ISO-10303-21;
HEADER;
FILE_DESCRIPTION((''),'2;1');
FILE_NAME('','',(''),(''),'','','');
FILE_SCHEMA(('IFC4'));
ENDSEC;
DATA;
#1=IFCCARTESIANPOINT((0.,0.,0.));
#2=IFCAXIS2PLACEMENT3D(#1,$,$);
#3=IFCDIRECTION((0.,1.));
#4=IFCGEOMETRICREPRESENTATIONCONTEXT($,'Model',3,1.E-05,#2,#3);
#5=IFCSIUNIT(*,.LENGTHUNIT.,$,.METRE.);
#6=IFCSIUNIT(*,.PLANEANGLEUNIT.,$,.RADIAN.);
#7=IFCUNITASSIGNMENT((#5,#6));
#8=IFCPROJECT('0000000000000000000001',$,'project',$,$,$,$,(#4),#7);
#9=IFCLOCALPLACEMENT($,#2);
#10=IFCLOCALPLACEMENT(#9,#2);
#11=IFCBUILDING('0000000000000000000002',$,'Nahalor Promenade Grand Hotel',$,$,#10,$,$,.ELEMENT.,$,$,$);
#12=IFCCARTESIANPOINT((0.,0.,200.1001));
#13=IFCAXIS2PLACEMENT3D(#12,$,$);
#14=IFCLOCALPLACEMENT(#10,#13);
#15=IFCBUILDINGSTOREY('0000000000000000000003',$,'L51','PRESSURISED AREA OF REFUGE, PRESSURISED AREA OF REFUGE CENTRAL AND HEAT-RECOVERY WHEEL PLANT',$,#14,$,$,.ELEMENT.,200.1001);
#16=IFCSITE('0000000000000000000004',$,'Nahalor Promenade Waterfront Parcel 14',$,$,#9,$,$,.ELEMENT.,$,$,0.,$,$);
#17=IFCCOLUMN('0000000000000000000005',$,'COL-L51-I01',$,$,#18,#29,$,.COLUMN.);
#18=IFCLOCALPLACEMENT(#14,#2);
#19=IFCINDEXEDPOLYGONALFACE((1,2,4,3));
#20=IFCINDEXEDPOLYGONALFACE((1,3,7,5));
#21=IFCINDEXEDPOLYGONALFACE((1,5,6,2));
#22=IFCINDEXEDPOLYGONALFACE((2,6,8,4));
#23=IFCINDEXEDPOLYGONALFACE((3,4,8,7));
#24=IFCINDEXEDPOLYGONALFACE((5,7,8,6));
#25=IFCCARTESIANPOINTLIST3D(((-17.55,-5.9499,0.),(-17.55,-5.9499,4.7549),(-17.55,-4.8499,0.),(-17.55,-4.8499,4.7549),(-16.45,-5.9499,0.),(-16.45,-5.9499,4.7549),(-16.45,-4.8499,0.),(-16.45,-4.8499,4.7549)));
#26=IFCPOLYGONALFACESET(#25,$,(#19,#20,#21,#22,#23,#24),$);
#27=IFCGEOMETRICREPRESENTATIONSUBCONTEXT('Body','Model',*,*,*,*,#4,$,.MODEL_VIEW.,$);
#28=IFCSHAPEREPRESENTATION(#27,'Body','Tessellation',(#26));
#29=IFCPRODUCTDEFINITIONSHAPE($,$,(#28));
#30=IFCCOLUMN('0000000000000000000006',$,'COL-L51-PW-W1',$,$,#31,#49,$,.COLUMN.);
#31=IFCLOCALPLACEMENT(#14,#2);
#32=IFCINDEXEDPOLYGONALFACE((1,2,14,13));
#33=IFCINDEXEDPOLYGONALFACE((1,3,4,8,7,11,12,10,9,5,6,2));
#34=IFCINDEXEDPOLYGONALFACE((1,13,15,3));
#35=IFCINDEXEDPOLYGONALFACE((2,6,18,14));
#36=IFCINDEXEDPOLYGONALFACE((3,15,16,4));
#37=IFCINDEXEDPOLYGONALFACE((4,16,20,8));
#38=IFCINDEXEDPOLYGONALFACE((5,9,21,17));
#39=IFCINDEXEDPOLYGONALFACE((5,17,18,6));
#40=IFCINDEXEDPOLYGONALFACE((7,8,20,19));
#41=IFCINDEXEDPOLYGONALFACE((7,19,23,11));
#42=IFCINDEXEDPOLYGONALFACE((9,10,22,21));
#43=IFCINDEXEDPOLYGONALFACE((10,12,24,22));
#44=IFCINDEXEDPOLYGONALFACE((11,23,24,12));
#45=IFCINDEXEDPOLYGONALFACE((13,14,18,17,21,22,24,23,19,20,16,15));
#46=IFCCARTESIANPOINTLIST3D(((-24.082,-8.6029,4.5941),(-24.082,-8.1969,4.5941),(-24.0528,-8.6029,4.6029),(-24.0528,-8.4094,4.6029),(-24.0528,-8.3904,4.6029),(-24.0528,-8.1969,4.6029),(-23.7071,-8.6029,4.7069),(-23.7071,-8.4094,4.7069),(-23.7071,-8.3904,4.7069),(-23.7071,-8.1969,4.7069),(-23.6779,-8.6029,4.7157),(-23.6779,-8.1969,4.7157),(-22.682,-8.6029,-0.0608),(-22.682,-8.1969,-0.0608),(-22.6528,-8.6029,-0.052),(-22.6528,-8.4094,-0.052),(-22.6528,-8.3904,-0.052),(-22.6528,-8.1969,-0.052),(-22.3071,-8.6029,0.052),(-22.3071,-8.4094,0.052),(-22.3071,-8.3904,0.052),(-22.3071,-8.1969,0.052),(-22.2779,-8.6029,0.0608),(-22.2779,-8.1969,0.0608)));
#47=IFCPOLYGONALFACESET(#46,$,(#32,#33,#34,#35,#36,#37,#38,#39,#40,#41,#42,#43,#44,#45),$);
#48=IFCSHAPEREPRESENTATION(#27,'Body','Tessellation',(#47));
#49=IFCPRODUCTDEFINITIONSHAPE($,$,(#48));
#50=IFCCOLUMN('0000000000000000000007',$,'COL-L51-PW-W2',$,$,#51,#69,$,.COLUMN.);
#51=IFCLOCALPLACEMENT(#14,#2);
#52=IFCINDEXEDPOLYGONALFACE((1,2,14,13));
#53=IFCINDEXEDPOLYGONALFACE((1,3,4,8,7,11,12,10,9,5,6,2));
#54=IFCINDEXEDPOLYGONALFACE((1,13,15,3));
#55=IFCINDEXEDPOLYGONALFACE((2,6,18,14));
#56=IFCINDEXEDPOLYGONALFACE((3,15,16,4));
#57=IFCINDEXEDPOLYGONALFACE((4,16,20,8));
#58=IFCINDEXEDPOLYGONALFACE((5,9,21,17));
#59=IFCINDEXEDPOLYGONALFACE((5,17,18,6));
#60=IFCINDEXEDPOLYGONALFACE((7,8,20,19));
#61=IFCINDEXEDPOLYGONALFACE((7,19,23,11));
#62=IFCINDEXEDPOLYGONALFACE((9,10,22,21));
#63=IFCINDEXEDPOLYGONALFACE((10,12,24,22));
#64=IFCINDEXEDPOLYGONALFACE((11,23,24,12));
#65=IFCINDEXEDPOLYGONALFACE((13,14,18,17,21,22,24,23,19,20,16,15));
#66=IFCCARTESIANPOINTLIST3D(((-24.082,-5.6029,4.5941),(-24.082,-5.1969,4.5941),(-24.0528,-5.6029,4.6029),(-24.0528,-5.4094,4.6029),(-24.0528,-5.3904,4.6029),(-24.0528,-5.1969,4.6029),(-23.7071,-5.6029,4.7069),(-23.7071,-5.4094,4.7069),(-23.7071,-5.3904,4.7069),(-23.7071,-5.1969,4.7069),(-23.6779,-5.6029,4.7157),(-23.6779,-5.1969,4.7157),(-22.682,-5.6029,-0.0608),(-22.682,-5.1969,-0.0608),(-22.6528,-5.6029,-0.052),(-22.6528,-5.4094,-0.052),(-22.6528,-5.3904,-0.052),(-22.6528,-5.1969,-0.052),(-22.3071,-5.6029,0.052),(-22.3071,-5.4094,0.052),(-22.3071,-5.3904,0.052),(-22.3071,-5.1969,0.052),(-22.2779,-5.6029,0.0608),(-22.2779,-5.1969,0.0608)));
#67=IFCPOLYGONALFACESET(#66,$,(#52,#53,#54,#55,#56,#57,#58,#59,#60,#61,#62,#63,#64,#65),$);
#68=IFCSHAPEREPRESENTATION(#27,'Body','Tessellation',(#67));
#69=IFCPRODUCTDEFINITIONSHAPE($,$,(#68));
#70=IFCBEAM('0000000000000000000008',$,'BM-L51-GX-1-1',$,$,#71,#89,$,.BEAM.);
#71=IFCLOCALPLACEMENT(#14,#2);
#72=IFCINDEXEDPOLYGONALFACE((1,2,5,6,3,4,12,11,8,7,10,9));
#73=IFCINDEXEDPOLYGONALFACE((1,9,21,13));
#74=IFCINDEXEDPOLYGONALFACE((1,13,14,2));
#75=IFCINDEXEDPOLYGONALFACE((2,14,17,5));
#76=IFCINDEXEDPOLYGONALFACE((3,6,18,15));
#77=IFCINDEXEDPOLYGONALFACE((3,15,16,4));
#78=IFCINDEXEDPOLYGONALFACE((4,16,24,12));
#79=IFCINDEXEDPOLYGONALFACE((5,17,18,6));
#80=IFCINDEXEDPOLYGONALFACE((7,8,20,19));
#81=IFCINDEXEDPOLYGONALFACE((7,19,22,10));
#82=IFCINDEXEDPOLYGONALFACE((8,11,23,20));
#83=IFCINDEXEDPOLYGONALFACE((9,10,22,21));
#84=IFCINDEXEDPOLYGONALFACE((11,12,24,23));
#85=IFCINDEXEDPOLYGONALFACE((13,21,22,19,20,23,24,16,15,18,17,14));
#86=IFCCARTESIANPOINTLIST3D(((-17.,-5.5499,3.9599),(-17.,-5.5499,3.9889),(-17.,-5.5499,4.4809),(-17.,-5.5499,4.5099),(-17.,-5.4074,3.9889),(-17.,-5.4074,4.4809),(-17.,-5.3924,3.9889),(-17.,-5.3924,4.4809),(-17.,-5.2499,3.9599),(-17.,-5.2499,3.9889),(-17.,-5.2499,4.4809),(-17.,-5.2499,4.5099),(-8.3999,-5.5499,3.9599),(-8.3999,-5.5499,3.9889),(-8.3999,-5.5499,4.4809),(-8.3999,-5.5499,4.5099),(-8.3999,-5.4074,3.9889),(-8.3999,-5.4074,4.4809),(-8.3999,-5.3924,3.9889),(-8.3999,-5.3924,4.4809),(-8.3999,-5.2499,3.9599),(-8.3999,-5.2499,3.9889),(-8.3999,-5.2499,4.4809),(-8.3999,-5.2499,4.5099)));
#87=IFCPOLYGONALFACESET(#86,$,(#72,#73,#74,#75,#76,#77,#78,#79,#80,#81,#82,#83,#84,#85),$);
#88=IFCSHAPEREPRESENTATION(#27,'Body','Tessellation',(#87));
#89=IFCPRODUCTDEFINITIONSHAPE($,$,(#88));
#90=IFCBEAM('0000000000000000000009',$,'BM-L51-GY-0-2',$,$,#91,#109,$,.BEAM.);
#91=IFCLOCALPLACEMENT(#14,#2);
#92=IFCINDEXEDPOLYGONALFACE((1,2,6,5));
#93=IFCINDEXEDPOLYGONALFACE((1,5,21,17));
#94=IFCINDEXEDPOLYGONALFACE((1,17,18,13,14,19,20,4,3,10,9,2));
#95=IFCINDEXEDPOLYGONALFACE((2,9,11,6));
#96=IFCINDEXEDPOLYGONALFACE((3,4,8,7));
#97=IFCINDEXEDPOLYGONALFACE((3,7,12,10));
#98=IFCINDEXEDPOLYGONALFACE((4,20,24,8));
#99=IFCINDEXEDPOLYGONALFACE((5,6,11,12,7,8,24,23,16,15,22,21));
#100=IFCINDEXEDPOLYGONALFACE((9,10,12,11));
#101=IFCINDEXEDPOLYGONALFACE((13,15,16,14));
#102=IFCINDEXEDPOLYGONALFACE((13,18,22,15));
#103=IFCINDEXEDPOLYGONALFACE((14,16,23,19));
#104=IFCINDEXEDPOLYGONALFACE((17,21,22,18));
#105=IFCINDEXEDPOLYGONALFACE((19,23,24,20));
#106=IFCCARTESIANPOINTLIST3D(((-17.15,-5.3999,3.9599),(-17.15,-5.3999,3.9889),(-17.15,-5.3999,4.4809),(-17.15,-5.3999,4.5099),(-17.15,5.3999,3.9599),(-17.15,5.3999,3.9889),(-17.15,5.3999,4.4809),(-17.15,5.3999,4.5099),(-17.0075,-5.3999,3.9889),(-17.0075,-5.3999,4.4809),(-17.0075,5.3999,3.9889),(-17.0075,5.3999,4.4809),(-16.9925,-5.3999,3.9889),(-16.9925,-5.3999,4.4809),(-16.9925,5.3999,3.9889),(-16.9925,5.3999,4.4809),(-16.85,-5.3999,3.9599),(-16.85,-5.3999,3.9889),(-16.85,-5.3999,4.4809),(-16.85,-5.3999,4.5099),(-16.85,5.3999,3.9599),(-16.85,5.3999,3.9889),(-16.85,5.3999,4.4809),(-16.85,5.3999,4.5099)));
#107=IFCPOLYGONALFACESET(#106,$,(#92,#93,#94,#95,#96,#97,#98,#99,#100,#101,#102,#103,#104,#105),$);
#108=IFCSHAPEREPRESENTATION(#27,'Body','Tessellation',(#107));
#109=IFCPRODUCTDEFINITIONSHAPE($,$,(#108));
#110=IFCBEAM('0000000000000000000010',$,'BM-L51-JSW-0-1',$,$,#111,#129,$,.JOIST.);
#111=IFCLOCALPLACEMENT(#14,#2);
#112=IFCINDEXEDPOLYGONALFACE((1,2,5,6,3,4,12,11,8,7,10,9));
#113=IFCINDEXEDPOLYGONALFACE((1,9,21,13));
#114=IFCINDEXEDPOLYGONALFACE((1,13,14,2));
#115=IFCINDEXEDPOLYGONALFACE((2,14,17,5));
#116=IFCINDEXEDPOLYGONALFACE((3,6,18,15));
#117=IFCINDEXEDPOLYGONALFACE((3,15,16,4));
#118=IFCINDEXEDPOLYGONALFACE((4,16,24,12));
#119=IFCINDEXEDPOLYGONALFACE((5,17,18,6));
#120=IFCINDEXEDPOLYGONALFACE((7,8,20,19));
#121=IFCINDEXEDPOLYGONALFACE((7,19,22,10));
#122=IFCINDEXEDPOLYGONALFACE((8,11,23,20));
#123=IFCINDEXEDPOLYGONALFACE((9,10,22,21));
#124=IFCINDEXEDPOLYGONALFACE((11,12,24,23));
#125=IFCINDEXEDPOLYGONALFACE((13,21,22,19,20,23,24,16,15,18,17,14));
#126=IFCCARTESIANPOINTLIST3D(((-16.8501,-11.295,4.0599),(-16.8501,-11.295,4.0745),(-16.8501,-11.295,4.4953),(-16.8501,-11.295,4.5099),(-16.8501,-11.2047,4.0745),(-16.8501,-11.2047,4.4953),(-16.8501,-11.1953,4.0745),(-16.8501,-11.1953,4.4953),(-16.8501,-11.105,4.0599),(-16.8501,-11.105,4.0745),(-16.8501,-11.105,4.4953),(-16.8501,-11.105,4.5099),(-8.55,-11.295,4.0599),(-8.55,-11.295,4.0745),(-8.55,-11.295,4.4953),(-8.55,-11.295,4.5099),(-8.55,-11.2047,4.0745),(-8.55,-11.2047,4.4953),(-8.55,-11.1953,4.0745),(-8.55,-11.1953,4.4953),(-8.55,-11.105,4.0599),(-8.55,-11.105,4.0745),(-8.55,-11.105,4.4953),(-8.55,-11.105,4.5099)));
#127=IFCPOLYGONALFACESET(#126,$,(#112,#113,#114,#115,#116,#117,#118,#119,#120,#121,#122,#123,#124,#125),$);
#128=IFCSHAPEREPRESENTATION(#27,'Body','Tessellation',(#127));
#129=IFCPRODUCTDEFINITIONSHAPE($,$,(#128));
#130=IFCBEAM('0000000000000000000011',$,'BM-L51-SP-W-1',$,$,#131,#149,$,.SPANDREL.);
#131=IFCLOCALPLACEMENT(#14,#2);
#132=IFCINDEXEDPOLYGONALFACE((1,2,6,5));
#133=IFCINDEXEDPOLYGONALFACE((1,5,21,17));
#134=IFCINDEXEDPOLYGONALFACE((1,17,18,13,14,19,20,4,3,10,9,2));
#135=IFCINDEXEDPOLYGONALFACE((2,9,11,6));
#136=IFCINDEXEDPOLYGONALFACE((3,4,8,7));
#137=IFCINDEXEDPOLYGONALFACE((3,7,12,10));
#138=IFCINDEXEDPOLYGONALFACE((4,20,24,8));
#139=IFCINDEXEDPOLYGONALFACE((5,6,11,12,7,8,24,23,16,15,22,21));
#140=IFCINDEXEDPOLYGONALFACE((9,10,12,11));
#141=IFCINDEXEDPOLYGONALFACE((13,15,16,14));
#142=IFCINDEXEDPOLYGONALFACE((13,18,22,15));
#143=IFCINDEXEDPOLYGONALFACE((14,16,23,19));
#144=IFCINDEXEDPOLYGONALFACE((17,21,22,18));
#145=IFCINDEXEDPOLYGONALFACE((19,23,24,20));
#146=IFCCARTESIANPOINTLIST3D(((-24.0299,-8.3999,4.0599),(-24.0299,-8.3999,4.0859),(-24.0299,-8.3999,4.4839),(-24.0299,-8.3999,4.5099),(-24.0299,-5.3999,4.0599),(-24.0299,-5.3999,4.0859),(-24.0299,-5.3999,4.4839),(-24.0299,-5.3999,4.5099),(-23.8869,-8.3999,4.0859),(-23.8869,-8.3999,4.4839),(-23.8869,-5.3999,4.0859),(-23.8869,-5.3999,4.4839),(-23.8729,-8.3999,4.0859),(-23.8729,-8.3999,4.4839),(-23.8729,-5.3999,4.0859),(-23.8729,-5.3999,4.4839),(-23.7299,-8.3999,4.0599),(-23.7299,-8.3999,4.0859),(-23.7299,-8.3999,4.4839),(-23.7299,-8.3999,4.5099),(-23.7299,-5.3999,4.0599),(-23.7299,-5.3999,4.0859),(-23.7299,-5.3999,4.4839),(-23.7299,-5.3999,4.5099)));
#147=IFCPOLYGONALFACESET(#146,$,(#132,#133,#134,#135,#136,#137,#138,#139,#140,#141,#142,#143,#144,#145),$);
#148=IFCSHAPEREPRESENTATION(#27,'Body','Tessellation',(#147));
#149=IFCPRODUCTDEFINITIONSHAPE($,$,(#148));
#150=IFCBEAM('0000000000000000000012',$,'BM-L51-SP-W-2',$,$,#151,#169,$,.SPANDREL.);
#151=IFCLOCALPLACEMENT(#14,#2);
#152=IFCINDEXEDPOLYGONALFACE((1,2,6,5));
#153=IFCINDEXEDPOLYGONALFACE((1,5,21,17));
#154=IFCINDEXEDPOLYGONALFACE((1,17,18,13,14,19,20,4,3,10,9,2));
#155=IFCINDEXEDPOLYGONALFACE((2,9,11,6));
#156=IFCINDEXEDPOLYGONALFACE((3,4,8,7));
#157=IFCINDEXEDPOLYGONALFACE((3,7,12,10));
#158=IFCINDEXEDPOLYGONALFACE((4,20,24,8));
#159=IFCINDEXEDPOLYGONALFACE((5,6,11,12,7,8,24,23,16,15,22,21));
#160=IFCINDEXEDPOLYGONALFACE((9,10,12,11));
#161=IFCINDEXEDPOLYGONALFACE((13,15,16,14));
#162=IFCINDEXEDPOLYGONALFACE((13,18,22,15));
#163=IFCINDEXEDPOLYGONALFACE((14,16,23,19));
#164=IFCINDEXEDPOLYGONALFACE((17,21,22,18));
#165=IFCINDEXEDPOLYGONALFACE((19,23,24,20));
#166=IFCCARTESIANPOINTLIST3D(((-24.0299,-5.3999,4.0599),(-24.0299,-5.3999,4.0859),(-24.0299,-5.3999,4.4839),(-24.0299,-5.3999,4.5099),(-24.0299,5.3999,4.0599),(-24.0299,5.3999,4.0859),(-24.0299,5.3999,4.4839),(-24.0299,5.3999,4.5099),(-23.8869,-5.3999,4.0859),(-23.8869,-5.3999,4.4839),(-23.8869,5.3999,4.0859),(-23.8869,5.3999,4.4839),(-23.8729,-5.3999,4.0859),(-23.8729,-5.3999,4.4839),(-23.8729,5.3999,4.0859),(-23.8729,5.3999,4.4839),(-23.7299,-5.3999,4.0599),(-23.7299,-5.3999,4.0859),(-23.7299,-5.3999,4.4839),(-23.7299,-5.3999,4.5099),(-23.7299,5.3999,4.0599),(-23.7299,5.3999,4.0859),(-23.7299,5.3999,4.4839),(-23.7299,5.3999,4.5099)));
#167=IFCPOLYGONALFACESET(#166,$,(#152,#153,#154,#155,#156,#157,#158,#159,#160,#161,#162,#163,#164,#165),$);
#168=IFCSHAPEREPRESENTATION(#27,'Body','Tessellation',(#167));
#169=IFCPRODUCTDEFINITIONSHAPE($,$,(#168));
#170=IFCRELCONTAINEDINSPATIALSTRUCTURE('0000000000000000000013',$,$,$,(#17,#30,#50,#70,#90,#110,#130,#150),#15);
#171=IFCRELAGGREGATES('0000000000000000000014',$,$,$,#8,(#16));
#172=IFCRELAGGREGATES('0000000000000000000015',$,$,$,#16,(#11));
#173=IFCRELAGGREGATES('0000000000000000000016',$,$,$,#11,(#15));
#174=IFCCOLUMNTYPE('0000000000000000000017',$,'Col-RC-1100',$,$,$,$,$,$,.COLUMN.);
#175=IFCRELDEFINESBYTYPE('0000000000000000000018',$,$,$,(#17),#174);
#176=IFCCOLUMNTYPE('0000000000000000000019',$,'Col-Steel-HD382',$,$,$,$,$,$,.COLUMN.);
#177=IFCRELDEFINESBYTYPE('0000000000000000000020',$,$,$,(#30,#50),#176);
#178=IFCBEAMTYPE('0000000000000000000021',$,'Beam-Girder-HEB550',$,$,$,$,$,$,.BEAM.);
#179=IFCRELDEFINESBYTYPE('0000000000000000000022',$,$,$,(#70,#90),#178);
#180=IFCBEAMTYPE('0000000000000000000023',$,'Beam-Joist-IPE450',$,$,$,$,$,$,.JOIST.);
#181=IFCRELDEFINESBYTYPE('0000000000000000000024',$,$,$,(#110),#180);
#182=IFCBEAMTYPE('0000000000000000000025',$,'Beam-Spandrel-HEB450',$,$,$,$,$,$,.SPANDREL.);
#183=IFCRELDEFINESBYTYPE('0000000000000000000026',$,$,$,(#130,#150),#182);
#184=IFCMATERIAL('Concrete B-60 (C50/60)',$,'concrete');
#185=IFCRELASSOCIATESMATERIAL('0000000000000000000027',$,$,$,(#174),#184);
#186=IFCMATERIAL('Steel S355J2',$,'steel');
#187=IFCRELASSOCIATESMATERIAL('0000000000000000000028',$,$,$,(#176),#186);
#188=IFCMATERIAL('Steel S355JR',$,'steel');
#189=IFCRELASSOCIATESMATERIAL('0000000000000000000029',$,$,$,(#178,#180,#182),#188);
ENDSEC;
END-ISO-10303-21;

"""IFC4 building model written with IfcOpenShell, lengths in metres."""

from ifc_helpers import new_model, si_unit, direction, frame, origin, origin_2d, place, context, subcontext, project, spatial, rectangle, i_section, extrude, source, transform, mapped, material, material_profile, profile_set, type_object, element, save


model = new_model("IFC4")

# Units and contexts
model_context = context("Model", 3, precision=1e-05, world=origin(), true_north=direction((0.0, 1.0)))
body_context = subcontext(model_context, "Body", "Model", "MODEL_VIEW")
ifc_project = project(units=[si_unit("LENGTHUNIT", "METRE"), si_unit("PLANEANGLEUNIT", "RADIAN")], contexts=[model_context])

# Site, building, storey
site_placement = place(None, origin())
site = spatial("IfcSite", under=ifc_project, at=site_placement, Name="Nahalor Promenade Waterfront Parcel 14", CompositionType="ELEMENT", RefElevation=0.0)
building_placement = place(site_placement, origin())
building = spatial("IfcBuilding", under=site, at=building_placement, Name="Nahalor Promenade Grand Hotel", CompositionType="ELEMENT")
storey_placement = place(building_placement, frame((0.0, 0.0, 200.1001)))
storey = spatial("IfcBuildingStorey", under=building, at=storey_placement, Name="L51", Description="PRESSURISED AREA OF REFUGE, PRESSURISED AREA OF REFUGE CENTRAL AND HEAT-RECOVERY WHEEL PLANT", CompositionType="ELEMENT", Elevation=200.1001)

# Columns
ifc_material_1 = material(Name="Concrete B-60 (C50/60)", Category="concrete")
ifc_material_profile_1 = material_profile(ifc_material_1, rectangle(XDim=1.1, YDim=1.1, at=origin_2d()), Name="RC 1100x1100")
ifc_profile_set_1 = profile_set([ifc_material_profile_1], Name="Concrete B-60 (C50/60)")
column_type_1 = type_object("IfcColumnType", Name="Col-RC-1100", PredefinedType="COLUMN", material=ifc_profile_set_1)
shared_shape_1 = source(origin(), body_context, "Body", "SweptSolid", [
    extrude(rectangle(XDim=1.1, YDim=1.1, at=origin_2d()), origin(), (0.0, 0.0, 1.0), 4.7549),
])
column_placement = place(storey_placement, frame((-17.0, -5.3999, 0.0), z_axis=(0.0, 0.0, 1.0), x_axis=(1.0, 0.0, 0.0)))
element("IfcColumn", 1, at=column_placement, inside=storey, type_object=column_type_1, Name="COL-L51-I01", PredefinedType="COLUMN", context=body_context, shape_type="MappedRepresentation", body=[
    mapped(shared_shape_1, transform((0.0, 0.0, 0.0), scale=1.0)),
])
ifc_material_2 = material(Name="Steel S355J2", Category="steel")
ifc_material_profile_2 = material_profile(ifc_material_2, i_section(OverallWidth=0.406, OverallDepth=0.422, WebThickness=0.019, FlangeThickness=0.0305, at=origin_2d()), Name="HD 400x382")
ifc_profile_set_2 = profile_set([ifc_material_profile_2], Name="Steel S355J2")
column_type_2 = type_object("IfcColumnType", Name="Col-Steel-HD382", PredefinedType="COLUMN", material=ifc_profile_set_2)
shared_shape_2 = source(origin(), body_context, "Body", "SweptSolid", [
    extrude(i_section(OverallWidth=0.406, OverallDepth=0.422, WebThickness=0.019, FlangeThickness=0.0305, at=origin_2d()), origin(), (0.0, 0.0, 1.0), 4.8608),
])
for number, where, z_axis, x_axis, name in (
    (2, (-22.48, -8.3999, 0.0), (-0.288002, 0.0, 0.95763), (0.0, -1.0, 0.0), "COL-L51-PW-W1"),
    (3, (-22.48, -5.3999, 0.0), (-0.288002, 0.0, 0.95763), (0.0, -1.0, 0.0), "COL-L51-PW-W2"),
):
    element("IfcColumn", number, at=place(storey_placement, frame(where, z_axis=z_axis, x_axis=x_axis)), inside=storey, type_object=column_type_2, Name=name, PredefinedType="COLUMN", context=body_context, shape_type="MappedRepresentation", body=[
        mapped(shared_shape_2, transform((0.0, 0.0, 0.0), scale=1.0)),
    ])

# Beams
ifc_material_3 = material(Name="Steel S355JR", Category="steel")
ifc_material_profile_3 = material_profile(ifc_material_3, i_section(OverallWidth=0.3, OverallDepth=0.55, WebThickness=0.015, FlangeThickness=0.029, at=origin_2d()), Name="HEB 550")
ifc_profile_set_3 = profile_set([ifc_material_profile_3], Name="Steel S355JR")
beam_type_1 = type_object("IfcBeamType", Name="Beam-Girder-HEB550", PredefinedType="BEAM", material=ifc_profile_set_3)
shared_shape_3 = source(origin(), body_context, "Body", "SweptSolid", [
    extrude(i_section(OverallWidth=0.3, OverallDepth=0.55, WebThickness=0.015, FlangeThickness=0.029, at=origin_2d()), origin(), (0.0, 0.0, 1.0), 8.6001),
])
beam_1_placement = place(storey_placement, frame((-17.0, -5.3999, 4.2349), z_axis=(1.0, 0.0, 0.0), x_axis=(0.0, 1.0, 0.0)))
element("IfcBeam", 4, at=beam_1_placement, inside=storey, type_object=beam_type_1, Name="BM-L51-GX-1-1", PredefinedType="BEAM", context=body_context, shape_type="MappedRepresentation", body=[
    mapped(shared_shape_3, transform((0.0, 0.0, 0.0), scale=1.0)),
])
shared_shape_4 = source(origin(), body_context, "Body", "SweptSolid", [
    extrude(i_section(OverallWidth=0.3, OverallDepth=0.55, WebThickness=0.015, FlangeThickness=0.029, at=origin_2d()), origin(), (0.0, 0.0, 1.0), 10.7998),
])
beam_2_placement = place(storey_placement, frame((-17.0, -5.3999, 4.2349), z_axis=(0.0, 1.0, 0.0), x_axis=(-1.0, 0.0, 0.0)))
element("IfcBeam", 5, at=beam_2_placement, inside=storey, type_object=beam_type_1, Name="BM-L51-GY-0-2", PredefinedType="BEAM", context=body_context, shape_type="MappedRepresentation", body=[
    mapped(shared_shape_4, transform((0.0, 0.0, 0.0), scale=1.0)),
])
ifc_material_profile_4 = material_profile(ifc_material_3, i_section(OverallWidth=0.19, OverallDepth=0.45, WebThickness=0.0094, FlangeThickness=0.0146, at=origin_2d()), Name="IPE 450")
ifc_profile_set_4 = profile_set([ifc_material_profile_4], Name="Steel S355JR")
beam_type_2 = type_object("IfcBeamType", Name="Beam-Joist-IPE450", PredefinedType="JOIST", material=ifc_profile_set_4)
shared_shape_5 = source(origin(), body_context, "Body", "SweptSolid", [
    extrude(i_section(OverallWidth=0.19, OverallDepth=0.45, WebThickness=0.0094, FlangeThickness=0.0146, at=origin_2d()), origin(), (0.0, 0.0, 1.0), 8.3),
])
beam_3_placement = place(storey_placement, frame((-16.8501, -11.2, 4.2849), z_axis=(1.0, 0.0, 0.0), x_axis=(0.0, 1.0, 0.0)))
element("IfcBeam", 6, at=beam_3_placement, inside=storey, type_object=beam_type_2, Name="BM-L51-JSW-0-1", PredefinedType="JOIST", context=body_context, shape_type="MappedRepresentation", body=[
    mapped(shared_shape_5, transform((0.0, 0.0, 0.0), scale=1.0)),
])
ifc_material_profile_5 = material_profile(ifc_material_3, i_section(OverallWidth=0.3, OverallDepth=0.45, WebThickness=0.014, FlangeThickness=0.026, at=origin_2d()), Name="HEB 450")
ifc_profile_set_5 = profile_set([ifc_material_profile_5], Name="Steel S355JR")
beam_type_3 = type_object("IfcBeamType", Name="Beam-Spandrel-HEB450", PredefinedType="SPANDREL", material=ifc_profile_set_5)
shared_shape_6 = source(origin(), body_context, "Body", "SweptSolid", [
    extrude(i_section(OverallWidth=0.3, OverallDepth=0.45, WebThickness=0.014, FlangeThickness=0.026, at=origin_2d()), origin(), (0.0, 0.0, 1.0), 3.0),
])
beam_4_placement = place(storey_placement, frame((-23.8799, -8.3999, 4.2849), z_axis=(0.0, 1.0, 0.0), x_axis=(-1.0, 0.0, 0.0)))
element("IfcBeam", 7, at=beam_4_placement, inside=storey, type_object=beam_type_3, Name="BM-L51-SP-W-1", PredefinedType="SPANDREL", context=body_context, shape_type="MappedRepresentation", body=[
    mapped(shared_shape_6, transform((0.0, 0.0, 0.0), scale=1.0)),
])
shared_shape_7 = source(origin(), body_context, "Body", "SweptSolid", [
    extrude(i_section(OverallWidth=0.3, OverallDepth=0.45, WebThickness=0.014, FlangeThickness=0.026, at=origin_2d()), origin(), (0.0, 0.0, 1.0), 10.7998),
])
beam_5_placement = place(storey_placement, frame((-23.8799, -5.3999, 4.2849), z_axis=(0.0, 1.0, 0.0), x_axis=(-1.0, 0.0, 0.0)))
element("IfcBeam", 8, at=beam_5_placement, inside=storey, type_object=beam_type_3, Name="BM-L51-SP-W-2", PredefinedType="SPANDREL", context=body_context, shape_type="MappedRepresentation", body=[
    mapped(shared_shape_7, transform((0.0, 0.0, 0.0), scale=1.0)),
])

save(model, "model.ifc")
